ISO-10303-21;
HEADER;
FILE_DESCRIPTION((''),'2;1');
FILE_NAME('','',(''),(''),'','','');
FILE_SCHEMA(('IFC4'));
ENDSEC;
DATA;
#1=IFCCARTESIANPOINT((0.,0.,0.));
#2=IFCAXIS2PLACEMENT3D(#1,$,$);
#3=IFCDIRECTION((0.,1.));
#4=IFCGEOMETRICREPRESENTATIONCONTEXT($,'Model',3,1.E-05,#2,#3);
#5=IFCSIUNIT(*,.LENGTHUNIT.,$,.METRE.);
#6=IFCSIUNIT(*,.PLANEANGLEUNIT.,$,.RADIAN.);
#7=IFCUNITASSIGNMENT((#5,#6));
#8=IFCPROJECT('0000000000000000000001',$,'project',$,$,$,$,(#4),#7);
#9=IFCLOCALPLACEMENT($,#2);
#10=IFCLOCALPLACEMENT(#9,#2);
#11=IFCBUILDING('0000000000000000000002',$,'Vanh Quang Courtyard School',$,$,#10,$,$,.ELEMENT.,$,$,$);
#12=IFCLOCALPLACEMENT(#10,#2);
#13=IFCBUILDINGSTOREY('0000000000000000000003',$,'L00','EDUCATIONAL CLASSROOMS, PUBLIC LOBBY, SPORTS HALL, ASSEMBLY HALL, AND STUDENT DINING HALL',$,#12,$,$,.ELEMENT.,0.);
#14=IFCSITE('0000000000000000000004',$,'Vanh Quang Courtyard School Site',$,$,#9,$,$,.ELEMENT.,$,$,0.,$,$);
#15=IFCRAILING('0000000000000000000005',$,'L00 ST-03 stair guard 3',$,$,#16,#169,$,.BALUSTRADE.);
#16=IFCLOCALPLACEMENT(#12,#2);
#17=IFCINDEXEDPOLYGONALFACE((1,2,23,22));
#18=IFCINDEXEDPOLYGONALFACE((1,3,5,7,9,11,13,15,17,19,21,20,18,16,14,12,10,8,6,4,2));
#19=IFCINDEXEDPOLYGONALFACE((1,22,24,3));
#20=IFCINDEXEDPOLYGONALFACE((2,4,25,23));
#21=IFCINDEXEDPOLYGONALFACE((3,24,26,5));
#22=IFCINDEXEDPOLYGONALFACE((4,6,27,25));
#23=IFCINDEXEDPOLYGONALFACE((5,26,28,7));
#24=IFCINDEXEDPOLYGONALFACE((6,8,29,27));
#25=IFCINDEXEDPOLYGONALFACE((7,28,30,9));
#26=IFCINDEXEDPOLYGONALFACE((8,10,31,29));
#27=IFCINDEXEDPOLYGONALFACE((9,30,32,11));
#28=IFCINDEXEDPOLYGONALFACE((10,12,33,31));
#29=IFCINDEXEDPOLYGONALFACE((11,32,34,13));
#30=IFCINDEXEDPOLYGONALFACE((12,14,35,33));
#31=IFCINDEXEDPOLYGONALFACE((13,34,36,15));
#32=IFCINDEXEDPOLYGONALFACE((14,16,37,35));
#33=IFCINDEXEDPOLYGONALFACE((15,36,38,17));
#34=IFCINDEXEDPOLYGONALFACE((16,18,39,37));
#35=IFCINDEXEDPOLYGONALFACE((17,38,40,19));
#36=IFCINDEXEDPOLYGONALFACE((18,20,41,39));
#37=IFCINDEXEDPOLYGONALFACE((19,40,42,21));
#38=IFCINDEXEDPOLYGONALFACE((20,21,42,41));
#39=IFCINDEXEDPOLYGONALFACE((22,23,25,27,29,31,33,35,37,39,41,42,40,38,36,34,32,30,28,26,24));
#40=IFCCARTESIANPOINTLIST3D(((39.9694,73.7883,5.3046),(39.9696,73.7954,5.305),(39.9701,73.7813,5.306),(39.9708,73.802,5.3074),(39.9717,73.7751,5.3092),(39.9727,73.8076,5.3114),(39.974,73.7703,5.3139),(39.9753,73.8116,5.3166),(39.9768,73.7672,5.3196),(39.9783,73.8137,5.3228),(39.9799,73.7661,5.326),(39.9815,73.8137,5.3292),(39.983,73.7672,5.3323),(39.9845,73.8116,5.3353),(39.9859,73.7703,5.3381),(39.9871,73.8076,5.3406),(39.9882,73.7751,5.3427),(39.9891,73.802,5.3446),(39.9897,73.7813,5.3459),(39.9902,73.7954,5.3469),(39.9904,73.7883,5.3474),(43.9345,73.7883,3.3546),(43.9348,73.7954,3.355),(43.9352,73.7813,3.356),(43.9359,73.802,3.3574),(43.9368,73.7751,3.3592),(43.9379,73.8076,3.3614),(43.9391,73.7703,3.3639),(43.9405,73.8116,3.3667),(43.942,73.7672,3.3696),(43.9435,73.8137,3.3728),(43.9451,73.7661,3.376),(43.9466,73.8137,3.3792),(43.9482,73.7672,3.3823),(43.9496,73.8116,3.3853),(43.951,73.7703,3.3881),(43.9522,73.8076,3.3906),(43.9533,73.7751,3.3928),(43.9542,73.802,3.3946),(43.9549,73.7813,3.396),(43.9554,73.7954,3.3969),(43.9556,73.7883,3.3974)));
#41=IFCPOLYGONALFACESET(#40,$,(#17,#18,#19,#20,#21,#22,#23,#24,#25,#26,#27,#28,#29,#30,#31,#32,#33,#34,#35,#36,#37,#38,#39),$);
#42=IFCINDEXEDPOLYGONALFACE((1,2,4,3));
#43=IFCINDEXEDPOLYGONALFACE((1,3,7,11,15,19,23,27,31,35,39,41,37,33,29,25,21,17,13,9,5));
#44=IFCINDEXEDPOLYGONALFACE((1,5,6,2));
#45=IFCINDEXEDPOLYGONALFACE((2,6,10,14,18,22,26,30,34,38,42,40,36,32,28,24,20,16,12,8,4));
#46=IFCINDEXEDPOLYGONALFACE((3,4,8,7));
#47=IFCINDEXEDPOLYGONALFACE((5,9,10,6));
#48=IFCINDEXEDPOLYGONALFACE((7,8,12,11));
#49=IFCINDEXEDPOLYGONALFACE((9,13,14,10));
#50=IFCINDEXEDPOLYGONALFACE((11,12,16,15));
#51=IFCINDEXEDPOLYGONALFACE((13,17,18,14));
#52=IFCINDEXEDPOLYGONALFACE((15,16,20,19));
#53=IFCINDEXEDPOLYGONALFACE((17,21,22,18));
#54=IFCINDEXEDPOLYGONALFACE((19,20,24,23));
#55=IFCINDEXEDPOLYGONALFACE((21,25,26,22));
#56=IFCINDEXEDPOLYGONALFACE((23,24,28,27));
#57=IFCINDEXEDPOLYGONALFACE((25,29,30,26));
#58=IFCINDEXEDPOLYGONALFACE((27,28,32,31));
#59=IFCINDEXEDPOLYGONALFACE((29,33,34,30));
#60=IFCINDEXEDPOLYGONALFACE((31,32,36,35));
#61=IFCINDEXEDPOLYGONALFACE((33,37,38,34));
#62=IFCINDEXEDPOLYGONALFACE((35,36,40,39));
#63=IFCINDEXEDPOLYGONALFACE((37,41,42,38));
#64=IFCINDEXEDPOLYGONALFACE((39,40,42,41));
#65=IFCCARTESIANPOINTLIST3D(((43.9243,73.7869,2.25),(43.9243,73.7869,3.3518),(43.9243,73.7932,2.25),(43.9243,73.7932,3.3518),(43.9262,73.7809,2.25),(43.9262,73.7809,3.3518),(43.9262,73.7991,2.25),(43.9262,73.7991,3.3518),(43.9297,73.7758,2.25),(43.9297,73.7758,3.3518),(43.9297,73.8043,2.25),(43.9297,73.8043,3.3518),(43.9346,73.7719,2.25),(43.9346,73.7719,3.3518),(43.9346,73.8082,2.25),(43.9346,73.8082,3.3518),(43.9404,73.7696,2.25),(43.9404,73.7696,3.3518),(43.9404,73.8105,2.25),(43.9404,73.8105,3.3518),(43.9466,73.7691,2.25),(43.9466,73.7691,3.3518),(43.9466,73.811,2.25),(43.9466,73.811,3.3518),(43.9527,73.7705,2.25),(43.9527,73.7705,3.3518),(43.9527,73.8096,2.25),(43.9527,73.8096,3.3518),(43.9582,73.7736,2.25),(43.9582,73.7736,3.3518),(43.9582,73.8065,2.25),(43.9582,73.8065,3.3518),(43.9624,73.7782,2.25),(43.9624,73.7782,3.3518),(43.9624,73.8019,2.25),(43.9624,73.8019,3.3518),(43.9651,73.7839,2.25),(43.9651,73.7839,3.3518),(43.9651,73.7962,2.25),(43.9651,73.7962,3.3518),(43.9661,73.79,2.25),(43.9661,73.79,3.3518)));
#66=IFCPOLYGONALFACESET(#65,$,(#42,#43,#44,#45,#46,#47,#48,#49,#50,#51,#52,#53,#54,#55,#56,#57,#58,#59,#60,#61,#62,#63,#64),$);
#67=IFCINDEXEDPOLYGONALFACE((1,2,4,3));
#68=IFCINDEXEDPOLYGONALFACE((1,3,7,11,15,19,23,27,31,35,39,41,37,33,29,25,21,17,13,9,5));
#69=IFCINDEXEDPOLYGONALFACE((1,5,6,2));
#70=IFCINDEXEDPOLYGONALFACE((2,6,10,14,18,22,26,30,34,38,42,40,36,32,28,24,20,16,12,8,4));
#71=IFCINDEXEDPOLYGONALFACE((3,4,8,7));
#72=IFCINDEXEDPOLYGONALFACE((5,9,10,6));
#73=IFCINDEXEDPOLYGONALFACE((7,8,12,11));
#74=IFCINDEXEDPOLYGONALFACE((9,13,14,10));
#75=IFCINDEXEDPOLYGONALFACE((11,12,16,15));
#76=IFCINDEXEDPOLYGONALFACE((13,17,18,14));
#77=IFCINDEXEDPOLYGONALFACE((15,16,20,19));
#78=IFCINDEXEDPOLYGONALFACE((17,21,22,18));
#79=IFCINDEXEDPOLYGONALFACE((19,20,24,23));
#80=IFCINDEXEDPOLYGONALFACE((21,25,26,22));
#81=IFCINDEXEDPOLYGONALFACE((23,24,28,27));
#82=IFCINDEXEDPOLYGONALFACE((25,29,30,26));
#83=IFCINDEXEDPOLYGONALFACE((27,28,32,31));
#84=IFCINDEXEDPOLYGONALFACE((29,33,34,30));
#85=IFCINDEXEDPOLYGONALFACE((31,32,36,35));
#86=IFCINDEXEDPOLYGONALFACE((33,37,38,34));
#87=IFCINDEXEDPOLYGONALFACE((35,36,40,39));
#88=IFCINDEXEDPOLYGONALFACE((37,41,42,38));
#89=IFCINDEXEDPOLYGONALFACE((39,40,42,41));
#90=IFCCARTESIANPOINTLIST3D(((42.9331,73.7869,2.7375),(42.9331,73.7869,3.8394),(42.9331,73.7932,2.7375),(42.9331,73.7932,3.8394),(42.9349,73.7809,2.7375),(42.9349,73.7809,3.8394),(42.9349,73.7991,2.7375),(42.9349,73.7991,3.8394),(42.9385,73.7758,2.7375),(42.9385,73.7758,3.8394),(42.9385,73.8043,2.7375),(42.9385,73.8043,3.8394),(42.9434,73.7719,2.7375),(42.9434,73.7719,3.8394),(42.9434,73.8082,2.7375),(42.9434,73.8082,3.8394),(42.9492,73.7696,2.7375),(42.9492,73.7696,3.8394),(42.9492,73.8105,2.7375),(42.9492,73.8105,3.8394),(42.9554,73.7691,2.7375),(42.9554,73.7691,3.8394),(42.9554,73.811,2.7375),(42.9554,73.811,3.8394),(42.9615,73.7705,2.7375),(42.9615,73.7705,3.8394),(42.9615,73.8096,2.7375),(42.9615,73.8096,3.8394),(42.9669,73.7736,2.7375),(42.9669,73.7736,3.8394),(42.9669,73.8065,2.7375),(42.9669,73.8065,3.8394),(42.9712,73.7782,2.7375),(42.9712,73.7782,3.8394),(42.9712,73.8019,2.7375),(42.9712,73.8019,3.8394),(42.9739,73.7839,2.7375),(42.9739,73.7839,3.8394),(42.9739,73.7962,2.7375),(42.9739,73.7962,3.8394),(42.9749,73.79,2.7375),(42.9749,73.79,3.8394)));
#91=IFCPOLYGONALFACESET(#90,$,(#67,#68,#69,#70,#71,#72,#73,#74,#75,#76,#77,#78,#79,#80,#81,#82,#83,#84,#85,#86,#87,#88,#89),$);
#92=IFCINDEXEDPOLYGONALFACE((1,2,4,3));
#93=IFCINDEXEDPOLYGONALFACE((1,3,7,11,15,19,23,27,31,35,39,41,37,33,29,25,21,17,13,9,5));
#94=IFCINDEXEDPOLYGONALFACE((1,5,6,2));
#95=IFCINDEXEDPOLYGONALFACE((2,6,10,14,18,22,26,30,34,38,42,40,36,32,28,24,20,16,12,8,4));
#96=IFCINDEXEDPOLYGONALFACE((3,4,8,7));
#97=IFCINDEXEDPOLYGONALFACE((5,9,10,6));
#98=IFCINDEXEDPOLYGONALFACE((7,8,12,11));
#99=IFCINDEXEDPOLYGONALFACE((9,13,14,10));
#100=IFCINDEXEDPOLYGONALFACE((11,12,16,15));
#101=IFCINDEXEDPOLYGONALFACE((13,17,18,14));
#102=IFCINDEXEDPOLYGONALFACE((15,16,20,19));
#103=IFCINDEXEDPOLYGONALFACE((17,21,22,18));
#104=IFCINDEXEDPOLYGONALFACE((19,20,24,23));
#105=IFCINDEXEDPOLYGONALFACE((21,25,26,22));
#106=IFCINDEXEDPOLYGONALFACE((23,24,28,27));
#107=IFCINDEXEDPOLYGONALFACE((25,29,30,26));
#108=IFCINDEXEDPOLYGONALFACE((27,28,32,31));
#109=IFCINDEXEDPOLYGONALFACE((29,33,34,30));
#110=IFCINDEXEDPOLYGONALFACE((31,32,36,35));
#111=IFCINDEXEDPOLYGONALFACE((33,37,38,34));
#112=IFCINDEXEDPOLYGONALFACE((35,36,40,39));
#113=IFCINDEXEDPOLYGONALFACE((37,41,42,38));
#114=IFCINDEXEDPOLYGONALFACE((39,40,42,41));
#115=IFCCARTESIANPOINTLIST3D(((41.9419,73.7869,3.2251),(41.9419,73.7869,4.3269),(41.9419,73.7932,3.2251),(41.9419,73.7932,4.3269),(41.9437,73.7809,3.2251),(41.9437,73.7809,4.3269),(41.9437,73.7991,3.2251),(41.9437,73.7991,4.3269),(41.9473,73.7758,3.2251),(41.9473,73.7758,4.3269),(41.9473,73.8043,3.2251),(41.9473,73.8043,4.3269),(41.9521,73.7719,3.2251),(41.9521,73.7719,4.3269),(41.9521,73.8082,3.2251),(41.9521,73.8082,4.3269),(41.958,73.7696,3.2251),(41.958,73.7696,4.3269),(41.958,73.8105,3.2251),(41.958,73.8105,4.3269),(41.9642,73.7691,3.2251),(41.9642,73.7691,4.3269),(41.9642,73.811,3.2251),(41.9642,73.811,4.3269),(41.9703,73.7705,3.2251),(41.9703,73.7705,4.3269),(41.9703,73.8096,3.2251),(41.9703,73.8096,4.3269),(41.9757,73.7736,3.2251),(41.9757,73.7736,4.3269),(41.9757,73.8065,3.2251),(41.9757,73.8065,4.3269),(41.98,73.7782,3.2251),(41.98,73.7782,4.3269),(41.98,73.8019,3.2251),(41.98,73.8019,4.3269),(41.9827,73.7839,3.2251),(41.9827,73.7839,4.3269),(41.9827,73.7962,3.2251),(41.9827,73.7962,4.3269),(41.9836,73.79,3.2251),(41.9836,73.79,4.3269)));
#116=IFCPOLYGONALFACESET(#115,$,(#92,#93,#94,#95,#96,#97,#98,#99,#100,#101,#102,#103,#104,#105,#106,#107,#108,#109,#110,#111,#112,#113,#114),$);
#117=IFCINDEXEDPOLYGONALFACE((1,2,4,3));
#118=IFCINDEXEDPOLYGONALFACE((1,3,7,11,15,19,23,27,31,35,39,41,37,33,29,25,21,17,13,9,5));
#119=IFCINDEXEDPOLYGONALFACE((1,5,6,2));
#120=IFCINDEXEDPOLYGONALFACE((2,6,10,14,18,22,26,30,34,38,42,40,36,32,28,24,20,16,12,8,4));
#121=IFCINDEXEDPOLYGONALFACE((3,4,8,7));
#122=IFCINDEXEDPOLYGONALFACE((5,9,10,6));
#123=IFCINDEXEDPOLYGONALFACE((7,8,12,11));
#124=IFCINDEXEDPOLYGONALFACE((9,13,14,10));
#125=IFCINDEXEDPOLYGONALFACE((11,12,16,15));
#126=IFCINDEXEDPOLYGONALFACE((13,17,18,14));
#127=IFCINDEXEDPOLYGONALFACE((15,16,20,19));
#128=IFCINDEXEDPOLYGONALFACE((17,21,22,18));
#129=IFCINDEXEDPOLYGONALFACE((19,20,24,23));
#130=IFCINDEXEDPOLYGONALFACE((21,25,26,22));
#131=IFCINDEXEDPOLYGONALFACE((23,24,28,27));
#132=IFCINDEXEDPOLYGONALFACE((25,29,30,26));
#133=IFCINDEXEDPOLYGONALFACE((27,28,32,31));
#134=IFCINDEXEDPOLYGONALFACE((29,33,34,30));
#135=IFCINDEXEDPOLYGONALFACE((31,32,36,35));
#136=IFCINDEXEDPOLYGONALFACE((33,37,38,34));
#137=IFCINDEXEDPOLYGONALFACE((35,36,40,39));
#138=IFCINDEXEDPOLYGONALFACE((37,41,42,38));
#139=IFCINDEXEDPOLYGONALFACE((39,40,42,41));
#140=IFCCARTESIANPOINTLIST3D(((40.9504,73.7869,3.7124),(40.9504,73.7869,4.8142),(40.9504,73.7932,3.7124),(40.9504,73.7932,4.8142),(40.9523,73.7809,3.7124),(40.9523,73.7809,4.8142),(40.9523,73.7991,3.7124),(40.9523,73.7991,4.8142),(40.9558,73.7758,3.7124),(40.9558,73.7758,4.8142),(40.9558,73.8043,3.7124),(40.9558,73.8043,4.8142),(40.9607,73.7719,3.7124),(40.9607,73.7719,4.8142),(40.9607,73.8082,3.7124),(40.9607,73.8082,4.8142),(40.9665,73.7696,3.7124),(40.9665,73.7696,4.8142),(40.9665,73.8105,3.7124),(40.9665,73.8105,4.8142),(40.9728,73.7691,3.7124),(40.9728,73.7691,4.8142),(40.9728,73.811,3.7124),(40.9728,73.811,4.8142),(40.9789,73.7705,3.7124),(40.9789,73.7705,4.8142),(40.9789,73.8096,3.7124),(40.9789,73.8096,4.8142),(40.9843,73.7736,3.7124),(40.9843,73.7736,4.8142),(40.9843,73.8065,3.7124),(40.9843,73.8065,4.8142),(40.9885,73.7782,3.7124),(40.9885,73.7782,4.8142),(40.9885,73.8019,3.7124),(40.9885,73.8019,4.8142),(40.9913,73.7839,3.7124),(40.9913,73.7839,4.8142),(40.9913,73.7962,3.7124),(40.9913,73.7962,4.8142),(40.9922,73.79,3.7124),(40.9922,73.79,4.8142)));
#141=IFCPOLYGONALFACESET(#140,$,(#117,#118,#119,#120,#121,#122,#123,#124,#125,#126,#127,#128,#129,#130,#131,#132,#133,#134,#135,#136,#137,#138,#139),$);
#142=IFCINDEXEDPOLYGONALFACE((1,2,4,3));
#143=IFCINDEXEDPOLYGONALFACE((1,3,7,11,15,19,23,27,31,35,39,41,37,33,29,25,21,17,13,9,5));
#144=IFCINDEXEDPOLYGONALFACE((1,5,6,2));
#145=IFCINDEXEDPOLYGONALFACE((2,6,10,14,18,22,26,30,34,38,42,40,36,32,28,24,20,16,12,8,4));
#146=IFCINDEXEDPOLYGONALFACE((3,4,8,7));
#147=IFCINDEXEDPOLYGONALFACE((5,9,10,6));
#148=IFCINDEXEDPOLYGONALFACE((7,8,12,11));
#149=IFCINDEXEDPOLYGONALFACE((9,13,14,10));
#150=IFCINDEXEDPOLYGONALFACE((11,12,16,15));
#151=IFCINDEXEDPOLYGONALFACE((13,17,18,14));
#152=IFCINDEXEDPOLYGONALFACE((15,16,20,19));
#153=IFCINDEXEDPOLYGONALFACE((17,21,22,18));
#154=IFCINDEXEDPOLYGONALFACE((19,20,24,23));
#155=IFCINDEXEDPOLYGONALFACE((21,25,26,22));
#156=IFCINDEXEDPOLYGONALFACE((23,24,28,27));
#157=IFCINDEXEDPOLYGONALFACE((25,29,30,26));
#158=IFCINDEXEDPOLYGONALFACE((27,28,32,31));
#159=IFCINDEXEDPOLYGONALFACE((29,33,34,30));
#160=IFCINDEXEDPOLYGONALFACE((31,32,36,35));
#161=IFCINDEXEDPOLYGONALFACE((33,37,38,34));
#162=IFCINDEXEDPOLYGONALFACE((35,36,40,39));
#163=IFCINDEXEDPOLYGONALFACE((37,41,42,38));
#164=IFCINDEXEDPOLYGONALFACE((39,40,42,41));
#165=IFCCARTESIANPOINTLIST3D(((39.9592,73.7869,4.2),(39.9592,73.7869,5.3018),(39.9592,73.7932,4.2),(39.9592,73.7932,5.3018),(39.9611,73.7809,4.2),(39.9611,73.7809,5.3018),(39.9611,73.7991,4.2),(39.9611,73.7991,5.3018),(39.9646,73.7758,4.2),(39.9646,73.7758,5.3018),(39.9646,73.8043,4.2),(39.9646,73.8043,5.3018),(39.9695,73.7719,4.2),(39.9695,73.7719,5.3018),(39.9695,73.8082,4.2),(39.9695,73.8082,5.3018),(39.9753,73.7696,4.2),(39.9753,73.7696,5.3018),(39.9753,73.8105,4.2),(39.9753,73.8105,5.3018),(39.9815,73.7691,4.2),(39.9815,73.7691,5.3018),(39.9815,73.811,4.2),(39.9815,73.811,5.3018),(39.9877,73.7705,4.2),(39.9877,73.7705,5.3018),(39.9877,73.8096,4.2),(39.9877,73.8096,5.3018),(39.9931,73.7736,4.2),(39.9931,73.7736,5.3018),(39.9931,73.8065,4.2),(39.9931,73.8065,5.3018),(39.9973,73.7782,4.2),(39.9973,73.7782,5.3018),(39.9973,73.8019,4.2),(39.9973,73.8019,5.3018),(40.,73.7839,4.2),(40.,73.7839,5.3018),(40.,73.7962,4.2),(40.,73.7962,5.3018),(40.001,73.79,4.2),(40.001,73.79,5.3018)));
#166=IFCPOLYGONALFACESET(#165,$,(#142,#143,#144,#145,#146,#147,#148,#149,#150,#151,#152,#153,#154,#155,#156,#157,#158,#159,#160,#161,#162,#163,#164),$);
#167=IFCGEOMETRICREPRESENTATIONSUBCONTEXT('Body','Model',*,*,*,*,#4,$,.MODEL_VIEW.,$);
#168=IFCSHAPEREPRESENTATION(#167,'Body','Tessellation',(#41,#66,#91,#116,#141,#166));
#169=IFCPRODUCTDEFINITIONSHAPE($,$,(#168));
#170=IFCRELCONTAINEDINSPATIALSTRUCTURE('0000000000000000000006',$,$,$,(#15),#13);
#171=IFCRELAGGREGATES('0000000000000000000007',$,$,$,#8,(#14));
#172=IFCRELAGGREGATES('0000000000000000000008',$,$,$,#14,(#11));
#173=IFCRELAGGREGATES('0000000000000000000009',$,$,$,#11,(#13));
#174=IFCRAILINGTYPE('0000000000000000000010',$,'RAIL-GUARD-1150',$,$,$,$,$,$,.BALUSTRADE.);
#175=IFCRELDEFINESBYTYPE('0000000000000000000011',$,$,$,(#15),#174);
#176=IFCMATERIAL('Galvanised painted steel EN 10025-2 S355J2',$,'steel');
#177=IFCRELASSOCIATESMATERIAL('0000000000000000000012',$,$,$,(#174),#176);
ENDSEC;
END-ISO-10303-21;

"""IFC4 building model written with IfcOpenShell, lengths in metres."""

from ifc_helpers import new_model, si_unit, direction, frame, origin, origin_2d, place, context, subcontext, project, spatial, circle, extrude, material, type_object, element, save


model = new_model("IFC4")

# Units and contexts
model_context = context("Model", 3, precision=1e-05, world=origin(), true_north=direction((0.0, 1.0)))
body_context = subcontext(model_context, "Body", "Model", "MODEL_VIEW")
ifc_project = project(units=[si_unit("LENGTHUNIT", "METRE"), si_unit("PLANEANGLEUNIT", "RADIAN")], contexts=[model_context])

# Site, building, storey
site_placement = place(None, origin())
site = spatial("IfcSite", under=ifc_project, at=site_placement, Name="Vanh Quang Courtyard School Site", CompositionType="ELEMENT", RefElevation=0.0)
building_placement = place(site_placement, origin())
building = spatial("IfcBuilding", under=site, at=building_placement, Name="Vanh Quang Courtyard School", CompositionType="ELEMENT")
storey_placement = place(building_placement, origin())
storey = spatial("IfcBuildingStorey", under=building, at=storey_placement, Name="L00", Description="EDUCATIONAL CLASSROOMS, PUBLIC LOBBY, SPORTS HALL, ASSEMBLY HALL, AND STUDENT DINING HALL", CompositionType="ELEMENT", Elevation=0.0)

# Railing
ifc_material_1 = material(Name="Galvanised painted steel EN 10025-2 S355J2", Category="steel")
railing_type_1 = type_object("IfcRailingType", Name="RAIL-GUARD-1150", PredefinedType="BALUSTRADE", material=ifc_material_1)
railing_1_placement = place(storey_placement, frame((43.9451, 73.79, 2.25)))
element("IfcRailing", 1, at=railing_1_placement, inside=storey, type_object=railing_type_1, Name="L00 ST-03 stair guard 3", PredefinedType="BALUSTRADE", context=body_context, shape_type="SweptSolid", body=[
    extrude(circle(Radius=0.0239, at=origin_2d()), frame((0.0, 0.0, 1.126), z_axis=(-0.897358, 0.0, 0.441303), x_axis=(0.0, -1.0, 0.0)), (0.0, 0.0, 1.0), 4.4187),
    extrude(circle(Radius=0.021, at=origin_2d()), origin(), (0.0, 0.0, 1.0), 1.1018),
    extrude(circle(Radius=0.021, at=origin_2d()), frame((-0.9912, 0.0, 0.4875)), (0.0, 0.0, 1.0), 1.1018),
    extrude(circle(Radius=0.021, at=origin_2d()), frame((-1.9824, 0.0, 0.9751)), (0.0, 0.0, 1.0), 1.1018),
    extrude(circle(Radius=0.021, at=origin_2d()), frame((-2.9739, 0.0, 1.4624)), (0.0, 0.0, 1.0), 1.1018),
    extrude(circle(Radius=0.021, at=origin_2d()), frame((-3.9651, 0.0, 1.95)), (0.0, 0.0, 1.0), 1.1018),
])

save(model, "model.ifc")
